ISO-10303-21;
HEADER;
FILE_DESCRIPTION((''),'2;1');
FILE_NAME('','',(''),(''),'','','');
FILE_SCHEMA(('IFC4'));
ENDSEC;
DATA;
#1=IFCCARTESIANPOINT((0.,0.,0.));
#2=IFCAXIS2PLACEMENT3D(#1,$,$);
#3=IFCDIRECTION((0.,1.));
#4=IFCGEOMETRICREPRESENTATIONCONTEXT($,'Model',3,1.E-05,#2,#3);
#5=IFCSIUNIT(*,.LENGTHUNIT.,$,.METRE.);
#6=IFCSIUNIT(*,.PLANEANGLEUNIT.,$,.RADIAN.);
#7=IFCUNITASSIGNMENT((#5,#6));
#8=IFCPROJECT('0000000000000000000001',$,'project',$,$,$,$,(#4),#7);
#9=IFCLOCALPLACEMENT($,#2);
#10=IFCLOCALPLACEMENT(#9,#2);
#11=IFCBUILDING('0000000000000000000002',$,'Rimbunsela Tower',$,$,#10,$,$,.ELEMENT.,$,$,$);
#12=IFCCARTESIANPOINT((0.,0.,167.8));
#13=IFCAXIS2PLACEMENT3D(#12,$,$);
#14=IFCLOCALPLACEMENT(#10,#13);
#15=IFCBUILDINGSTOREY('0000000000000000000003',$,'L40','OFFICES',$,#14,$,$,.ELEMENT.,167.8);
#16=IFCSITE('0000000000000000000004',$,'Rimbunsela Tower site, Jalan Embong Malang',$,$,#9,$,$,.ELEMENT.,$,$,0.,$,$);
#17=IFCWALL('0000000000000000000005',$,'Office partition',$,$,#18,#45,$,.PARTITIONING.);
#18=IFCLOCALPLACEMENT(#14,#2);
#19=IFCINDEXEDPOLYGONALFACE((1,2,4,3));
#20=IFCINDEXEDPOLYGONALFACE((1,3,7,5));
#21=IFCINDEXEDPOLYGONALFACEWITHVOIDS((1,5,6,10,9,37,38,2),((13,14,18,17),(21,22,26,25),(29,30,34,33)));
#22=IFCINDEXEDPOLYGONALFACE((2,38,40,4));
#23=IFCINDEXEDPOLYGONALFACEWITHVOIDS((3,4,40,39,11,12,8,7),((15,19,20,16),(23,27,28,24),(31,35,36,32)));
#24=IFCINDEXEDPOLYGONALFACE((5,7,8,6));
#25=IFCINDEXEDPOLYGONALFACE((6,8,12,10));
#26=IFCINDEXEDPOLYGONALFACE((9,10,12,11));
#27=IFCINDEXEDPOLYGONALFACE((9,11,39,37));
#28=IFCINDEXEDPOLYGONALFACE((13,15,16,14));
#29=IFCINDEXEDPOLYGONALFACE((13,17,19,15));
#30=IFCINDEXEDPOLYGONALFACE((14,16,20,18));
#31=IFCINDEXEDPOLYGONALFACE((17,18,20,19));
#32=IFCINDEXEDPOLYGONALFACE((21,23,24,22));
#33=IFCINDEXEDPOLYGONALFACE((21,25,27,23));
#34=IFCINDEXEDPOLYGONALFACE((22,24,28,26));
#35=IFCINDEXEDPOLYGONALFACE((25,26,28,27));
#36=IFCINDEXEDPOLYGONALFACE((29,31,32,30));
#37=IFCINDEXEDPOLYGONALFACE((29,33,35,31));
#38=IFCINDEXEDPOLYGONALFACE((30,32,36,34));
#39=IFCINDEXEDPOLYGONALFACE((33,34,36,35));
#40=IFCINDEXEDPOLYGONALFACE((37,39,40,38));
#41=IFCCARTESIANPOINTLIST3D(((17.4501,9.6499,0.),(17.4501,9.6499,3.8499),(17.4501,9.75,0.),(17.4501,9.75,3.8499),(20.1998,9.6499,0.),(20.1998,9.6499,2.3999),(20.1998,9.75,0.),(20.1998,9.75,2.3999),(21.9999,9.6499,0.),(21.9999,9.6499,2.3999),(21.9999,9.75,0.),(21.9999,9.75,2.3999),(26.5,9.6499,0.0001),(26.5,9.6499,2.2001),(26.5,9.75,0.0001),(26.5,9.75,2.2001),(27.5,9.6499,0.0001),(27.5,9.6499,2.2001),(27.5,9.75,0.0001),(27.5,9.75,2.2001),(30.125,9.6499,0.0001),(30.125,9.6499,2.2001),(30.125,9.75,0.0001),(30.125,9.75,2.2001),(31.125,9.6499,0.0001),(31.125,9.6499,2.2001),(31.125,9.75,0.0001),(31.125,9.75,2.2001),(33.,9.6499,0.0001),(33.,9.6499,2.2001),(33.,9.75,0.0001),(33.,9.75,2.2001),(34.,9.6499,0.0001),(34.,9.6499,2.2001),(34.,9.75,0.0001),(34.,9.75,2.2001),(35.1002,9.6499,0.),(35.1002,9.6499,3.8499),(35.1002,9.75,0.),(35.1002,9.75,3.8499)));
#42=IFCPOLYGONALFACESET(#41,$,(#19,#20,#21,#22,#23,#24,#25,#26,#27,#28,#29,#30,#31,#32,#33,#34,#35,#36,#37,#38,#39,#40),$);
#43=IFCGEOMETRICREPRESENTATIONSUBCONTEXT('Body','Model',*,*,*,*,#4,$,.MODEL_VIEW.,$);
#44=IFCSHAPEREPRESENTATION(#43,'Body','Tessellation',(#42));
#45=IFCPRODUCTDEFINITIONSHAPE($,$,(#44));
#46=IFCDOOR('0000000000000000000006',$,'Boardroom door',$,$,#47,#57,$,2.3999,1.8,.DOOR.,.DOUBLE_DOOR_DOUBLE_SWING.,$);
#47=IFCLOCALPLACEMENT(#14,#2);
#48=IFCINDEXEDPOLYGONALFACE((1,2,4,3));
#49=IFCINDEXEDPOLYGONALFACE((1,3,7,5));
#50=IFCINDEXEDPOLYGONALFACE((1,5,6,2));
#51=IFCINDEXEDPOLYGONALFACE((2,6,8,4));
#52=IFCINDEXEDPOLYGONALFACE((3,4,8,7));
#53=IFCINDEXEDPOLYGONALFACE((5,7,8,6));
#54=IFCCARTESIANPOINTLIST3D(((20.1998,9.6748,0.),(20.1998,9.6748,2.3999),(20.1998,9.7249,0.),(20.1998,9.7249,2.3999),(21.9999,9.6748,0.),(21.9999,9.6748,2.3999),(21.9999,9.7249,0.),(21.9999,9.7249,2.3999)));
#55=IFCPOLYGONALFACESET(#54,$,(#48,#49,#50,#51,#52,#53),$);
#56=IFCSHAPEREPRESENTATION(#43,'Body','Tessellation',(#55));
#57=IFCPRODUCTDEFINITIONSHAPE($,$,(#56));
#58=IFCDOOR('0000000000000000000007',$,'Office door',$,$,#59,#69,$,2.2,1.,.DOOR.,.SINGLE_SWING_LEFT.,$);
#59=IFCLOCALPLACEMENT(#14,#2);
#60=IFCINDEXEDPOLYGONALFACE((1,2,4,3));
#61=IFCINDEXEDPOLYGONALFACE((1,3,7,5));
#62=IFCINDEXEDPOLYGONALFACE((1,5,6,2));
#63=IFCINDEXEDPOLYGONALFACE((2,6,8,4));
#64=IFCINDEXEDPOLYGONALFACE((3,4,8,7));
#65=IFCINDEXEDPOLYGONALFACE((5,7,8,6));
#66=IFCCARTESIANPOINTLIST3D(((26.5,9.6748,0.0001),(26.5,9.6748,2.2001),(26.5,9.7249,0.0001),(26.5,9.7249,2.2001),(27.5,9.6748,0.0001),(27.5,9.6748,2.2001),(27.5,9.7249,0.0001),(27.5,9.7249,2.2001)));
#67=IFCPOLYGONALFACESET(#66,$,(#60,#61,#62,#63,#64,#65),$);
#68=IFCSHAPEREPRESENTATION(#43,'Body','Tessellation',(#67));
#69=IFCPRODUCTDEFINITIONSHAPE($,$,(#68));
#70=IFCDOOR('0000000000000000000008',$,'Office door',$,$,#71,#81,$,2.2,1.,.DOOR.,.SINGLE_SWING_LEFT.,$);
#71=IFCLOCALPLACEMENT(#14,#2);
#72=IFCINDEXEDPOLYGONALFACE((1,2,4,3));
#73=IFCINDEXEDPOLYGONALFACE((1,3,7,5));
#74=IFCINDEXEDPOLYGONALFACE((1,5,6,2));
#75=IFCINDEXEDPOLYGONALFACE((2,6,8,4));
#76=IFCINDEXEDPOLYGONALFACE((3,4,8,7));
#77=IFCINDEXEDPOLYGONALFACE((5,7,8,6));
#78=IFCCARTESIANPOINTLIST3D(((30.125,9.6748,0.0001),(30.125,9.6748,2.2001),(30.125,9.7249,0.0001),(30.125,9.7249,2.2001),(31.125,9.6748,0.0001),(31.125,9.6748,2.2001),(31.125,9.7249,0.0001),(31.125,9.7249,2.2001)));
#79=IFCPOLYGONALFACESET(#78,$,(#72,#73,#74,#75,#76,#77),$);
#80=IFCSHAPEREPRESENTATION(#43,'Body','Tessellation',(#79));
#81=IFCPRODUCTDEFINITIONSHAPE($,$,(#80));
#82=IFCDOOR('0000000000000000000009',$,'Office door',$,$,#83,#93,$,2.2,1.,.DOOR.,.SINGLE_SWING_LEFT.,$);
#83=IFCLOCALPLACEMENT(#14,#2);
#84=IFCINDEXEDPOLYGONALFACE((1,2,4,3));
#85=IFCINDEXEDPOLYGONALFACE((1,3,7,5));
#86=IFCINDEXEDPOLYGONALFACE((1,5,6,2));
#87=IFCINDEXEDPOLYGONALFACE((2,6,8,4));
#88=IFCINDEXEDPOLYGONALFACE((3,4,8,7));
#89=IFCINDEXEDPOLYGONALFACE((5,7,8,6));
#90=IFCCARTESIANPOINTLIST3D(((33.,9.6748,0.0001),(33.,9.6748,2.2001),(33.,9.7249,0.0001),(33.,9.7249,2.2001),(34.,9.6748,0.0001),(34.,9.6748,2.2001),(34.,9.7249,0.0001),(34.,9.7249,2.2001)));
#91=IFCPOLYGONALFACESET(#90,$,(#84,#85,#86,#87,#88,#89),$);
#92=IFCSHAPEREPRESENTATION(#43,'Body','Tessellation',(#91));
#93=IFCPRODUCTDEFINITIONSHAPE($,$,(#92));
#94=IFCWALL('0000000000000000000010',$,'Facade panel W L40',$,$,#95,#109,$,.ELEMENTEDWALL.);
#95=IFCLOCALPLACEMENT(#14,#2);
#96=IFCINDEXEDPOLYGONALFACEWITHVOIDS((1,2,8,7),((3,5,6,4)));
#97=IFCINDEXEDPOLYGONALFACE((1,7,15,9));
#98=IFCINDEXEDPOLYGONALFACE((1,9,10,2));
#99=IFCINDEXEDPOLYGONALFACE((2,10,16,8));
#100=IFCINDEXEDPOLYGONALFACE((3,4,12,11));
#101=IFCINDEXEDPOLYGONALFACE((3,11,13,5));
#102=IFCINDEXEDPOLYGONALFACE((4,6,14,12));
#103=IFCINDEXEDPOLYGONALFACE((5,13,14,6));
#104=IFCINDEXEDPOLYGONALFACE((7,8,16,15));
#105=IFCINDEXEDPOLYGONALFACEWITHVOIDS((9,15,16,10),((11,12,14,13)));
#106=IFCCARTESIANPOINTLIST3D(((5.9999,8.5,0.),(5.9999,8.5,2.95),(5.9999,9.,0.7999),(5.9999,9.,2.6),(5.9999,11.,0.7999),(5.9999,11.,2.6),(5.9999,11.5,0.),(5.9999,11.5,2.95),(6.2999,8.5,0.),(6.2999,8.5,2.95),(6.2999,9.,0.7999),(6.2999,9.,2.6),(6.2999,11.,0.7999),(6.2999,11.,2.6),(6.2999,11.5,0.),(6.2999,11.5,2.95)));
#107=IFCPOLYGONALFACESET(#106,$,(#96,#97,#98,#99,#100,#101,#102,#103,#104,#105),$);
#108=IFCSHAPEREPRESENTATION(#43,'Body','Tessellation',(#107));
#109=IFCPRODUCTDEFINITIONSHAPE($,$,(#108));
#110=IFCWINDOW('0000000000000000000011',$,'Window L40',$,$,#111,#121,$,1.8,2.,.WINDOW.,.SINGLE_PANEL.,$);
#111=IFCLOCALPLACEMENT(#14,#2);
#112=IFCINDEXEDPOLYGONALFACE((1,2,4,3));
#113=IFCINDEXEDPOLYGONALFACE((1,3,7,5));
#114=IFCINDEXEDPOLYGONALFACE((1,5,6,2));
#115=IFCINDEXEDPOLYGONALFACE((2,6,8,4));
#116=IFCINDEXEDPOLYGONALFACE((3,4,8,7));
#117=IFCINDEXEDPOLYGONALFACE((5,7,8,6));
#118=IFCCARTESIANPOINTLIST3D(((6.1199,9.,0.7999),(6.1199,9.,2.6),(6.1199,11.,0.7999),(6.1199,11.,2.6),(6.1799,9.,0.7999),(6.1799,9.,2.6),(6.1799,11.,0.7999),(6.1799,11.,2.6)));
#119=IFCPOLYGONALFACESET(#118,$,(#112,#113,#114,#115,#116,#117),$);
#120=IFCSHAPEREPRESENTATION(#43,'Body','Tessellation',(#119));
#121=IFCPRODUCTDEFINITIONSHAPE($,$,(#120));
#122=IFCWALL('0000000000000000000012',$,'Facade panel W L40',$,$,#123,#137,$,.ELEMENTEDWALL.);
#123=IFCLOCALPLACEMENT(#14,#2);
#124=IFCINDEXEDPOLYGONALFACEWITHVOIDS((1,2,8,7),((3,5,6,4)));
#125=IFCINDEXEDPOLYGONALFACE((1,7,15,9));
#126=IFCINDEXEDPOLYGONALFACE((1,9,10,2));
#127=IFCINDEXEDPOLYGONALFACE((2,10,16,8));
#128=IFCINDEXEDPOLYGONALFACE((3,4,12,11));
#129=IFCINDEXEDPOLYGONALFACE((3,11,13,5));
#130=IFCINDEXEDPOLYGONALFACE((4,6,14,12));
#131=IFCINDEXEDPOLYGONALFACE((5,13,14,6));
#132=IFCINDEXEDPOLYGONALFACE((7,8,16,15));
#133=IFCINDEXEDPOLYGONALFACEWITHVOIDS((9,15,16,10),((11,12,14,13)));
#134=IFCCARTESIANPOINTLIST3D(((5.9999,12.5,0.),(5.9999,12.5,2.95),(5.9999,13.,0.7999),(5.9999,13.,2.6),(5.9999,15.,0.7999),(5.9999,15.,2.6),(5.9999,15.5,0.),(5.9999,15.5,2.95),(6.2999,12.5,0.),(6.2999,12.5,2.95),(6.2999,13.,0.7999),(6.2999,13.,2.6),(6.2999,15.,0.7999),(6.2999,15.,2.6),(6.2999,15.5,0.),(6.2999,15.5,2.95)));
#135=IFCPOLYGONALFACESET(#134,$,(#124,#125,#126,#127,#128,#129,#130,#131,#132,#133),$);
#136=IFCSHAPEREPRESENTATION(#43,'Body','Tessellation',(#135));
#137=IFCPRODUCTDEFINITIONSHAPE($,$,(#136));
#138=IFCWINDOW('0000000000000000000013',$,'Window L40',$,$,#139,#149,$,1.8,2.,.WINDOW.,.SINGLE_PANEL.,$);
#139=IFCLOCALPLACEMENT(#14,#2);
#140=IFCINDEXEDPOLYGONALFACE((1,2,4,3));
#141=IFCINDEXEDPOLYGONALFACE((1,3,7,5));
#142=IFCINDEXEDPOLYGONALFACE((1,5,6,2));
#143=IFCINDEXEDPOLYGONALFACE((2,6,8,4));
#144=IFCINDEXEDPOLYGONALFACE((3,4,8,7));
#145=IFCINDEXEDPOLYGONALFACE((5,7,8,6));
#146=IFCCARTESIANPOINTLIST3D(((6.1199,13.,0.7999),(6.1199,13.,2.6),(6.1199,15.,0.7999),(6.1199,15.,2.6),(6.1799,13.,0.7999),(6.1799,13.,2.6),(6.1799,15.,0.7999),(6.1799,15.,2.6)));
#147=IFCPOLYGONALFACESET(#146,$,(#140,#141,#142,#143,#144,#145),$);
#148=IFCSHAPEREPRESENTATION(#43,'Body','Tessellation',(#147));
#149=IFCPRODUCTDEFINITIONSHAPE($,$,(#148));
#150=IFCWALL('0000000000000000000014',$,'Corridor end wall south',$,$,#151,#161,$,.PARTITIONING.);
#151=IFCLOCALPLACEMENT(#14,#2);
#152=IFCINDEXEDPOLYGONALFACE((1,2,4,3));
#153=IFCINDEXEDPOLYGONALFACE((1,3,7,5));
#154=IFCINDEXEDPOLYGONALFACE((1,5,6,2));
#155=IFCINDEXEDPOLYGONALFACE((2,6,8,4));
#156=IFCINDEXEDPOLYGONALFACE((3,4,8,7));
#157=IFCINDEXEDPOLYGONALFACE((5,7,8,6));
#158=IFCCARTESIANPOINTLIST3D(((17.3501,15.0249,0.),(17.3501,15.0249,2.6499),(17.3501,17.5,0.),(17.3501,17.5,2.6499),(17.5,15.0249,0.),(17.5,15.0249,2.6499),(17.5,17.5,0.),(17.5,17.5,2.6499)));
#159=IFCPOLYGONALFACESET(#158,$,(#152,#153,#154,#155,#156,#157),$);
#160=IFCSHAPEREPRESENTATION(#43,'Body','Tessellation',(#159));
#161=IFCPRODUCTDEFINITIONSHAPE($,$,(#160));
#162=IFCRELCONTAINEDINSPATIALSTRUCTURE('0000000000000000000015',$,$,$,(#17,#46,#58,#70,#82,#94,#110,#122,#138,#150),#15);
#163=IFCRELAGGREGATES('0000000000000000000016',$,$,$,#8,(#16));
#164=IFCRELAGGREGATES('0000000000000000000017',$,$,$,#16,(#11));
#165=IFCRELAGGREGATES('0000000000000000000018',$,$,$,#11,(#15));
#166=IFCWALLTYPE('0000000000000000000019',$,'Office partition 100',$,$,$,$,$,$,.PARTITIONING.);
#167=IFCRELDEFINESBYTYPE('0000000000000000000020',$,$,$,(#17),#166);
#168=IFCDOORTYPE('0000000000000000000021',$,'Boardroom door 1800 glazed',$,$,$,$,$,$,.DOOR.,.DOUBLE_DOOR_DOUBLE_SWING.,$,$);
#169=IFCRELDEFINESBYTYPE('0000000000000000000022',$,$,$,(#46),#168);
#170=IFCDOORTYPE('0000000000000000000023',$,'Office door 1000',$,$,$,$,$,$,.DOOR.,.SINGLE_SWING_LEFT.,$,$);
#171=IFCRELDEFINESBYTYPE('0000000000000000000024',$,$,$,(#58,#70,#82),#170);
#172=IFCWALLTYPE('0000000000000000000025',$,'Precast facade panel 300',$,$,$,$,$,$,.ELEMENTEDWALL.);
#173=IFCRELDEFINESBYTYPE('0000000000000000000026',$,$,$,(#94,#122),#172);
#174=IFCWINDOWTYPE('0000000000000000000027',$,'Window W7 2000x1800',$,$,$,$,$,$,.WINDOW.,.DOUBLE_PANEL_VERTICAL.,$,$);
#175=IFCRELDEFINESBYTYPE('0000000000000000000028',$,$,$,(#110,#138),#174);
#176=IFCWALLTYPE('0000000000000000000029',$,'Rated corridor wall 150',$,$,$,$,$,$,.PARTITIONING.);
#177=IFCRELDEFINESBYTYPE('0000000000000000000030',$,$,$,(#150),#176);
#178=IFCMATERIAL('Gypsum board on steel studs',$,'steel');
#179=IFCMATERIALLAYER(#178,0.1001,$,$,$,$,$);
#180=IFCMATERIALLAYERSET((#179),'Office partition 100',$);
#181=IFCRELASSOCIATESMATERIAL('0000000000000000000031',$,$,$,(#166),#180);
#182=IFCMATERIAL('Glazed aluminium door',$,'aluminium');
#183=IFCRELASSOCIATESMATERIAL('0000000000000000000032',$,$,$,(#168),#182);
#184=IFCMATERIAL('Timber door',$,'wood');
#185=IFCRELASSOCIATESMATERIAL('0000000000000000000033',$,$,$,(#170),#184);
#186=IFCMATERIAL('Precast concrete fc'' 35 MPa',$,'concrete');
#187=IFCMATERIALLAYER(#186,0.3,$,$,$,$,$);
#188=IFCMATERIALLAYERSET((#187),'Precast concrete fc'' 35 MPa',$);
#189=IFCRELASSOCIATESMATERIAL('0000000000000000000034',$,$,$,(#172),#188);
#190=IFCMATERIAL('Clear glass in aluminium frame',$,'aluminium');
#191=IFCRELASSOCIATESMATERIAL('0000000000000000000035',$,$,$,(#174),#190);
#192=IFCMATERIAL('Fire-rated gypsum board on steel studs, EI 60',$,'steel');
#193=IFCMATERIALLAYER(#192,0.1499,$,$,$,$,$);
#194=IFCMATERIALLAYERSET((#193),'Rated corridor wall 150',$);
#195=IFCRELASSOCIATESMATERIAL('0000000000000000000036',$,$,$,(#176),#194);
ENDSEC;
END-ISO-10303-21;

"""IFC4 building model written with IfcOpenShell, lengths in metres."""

from ifc_helpers import new_model, si_unit, direction, frame, frame_2d, origin, place, context, subcontext, project, spatial, rectangle, extrude, material, layer, layer_set, type_object, element, fill, save


model = new_model("IFC4")

# Units and contexts
model_context = context("Model", 3, precision=1e-05, world=origin(), true_north=direction((0.0, 1.0)))
body_context = subcontext(model_context, "Body", "Model", "MODEL_VIEW")
ifc_project = project(units=[si_unit("LENGTHUNIT", "METRE"), si_unit("PLANEANGLEUNIT", "RADIAN")], contexts=[model_context])

# Site, building, storey
site_placement = place(None, origin())
site = spatial("IfcSite", under=ifc_project, at=site_placement, Name="Rimbunsela Tower site, Jalan Embong Malang", CompositionType="ELEMENT", RefElevation=0.0)
building_placement = place(site_placement, origin())
building = spatial("IfcBuilding", under=site, at=building_placement, Name="Rimbunsela Tower", CompositionType="ELEMENT")
storey_placement = place(building_placement, frame((0.0, 0.0, 167.8)))
storey = spatial("IfcBuildingStorey", under=building, at=storey_placement, Name="L40", Description="OFFICES", CompositionType="ELEMENT", Elevation=167.8)

# Wall, openings, doors
ifc_material_1 = material(Name="Gypsum board on steel studs", Category="steel")
ifc_layer_1 = layer(ifc_material_1, 0.1001)
ifc_layer_set_1 = layer_set([ifc_layer_1], Name="Office partition 100")
wall_type_1 = type_object("IfcWallType", Name="Office partition 100", PredefinedType="PARTITIONING", material=ifc_layer_set_1)
wall_1_placement = place(storey_placement, frame((17.45, 9.7, 0.0), z_axis=(0.0, 0.0, 1.0), x_axis=(1.0, 0.0, 0.0)))
wall_1 = element("IfcWall", 1, at=wall_1_placement, inside=storey, type_object=wall_type_1, Name="Office partition", PredefinedType="PARTITIONING", context=body_context, shape_type="SweptSolid", body=[
    extrude(rectangle(XDim=17.6501, YDim=0.1001, at=frame_2d((8.8252, 0.0))), origin(), (0.0, 0.0, 1.0), 3.8499),
])
opening_1_placement = place(wall_1_placement, frame((2.75, 0.0, 0.0)))
opening_1 = element("IfcOpeningElement", 2, at=opening_1_placement, cuts=wall_1, PredefinedType="OPENING", context=body_context, shape_type="SweptSolid", body=[
    extrude(rectangle(XDim=1.8, YDim=2.3999, at=frame_2d((0.8999, 1.2))), frame((0.0, 0.0601, 0.0), z_axis=(0.0, -1.0, 0.0), x_axis=(1.0, 0.0, 0.0)), (0.0, 0.0, 1.0), 0.1201),
])
opening_2_placement = place(wall_1_placement, frame((9.05, 0.0, 0.0)))
opening_2 = element("IfcOpeningElement", 3, at=opening_2_placement, cuts=wall_1, PredefinedType="OPENING", context=body_context, shape_type="SweptSolid", body=[
    extrude(rectangle(XDim=1.0, YDim=2.2, at=frame_2d((0.5, 1.1001))), frame((0.0, 0.0601, 0.0), z_axis=(0.0, -1.0, 0.0), x_axis=(1.0, 0.0, 0.0)), (0.0, 0.0, 1.0), 0.1201),
])
opening_3_placement = place(wall_1_placement, frame((12.675, 0.0, 0.0)))
opening_3 = element("IfcOpeningElement", 4, at=opening_3_placement, cuts=wall_1, PredefinedType="OPENING", context=body_context, shape_type="SweptSolid", body=[
    extrude(rectangle(XDim=1.0, YDim=2.2, at=frame_2d((0.5, 1.1001))), frame((0.0, 0.0601, 0.0), z_axis=(0.0, -1.0, 0.0), x_axis=(1.0, 0.0, 0.0)), (0.0, 0.0, 1.0), 0.1201),
])
opening_4_placement = place(wall_1_placement, frame((15.55, 0.0, 0.0)))
opening_4 = element("IfcOpeningElement", 5, at=opening_4_placement, cuts=wall_1, PredefinedType="OPENING", context=body_context, shape_type="SweptSolid", body=[
    extrude(rectangle(XDim=1.0, YDim=2.2, at=frame_2d((0.5, 1.1001))), frame((0.0, 0.0601, 0.0), z_axis=(0.0, -1.0, 0.0), x_axis=(1.0, 0.0, 0.0)), (0.0, 0.0, 1.0), 0.1201),
])
ifc_material_2 = material(Name="Glazed aluminium door", Category="aluminium")
door_type_1 = type_object("IfcDoorType", Name="Boardroom door 1800 glazed", OperationType="DOUBLE_DOOR_DOUBLE_SWING", PredefinedType="DOOR", material=ifc_material_2)
door_1_placement = place(opening_1_placement, origin())
door_1 = element("IfcDoor", 6, at=door_1_placement, inside=storey, type_object=door_type_1, Name="Boardroom door", OperationType="DOUBLE_DOOR_DOUBLE_SWING", OverallHeight=2.3999, OverallWidth=1.8, PredefinedType="DOOR", context=body_context, shape_type="SweptSolid", body=[
    extrude(rectangle(XDim=1.8, YDim=2.3999, at=frame_2d((0.8999, 1.2))), frame((0.0, 0.0249, 0.0), z_axis=(0.0, -1.0, 0.0), x_axis=(1.0, 0.0, 0.0)), (0.0, 0.0, 1.0), 0.05),
])
fill(opening_1, door_1)
ifc_material_3 = material(Name="Timber door", Category="wood")
door_type_2 = type_object("IfcDoorType", Name="Office door 1000", OperationType="SINGLE_SWING_LEFT", PredefinedType="DOOR", material=ifc_material_3)
door_2_placement = place(opening_2_placement, origin())
door_2 = element("IfcDoor", 7, at=door_2_placement, inside=storey, type_object=door_type_2, Name="Office door", OperationType="SINGLE_SWING_LEFT", OverallHeight=2.2, OverallWidth=1.0, PredefinedType="DOOR", context=body_context, shape_type="SweptSolid", body=[
    extrude(rectangle(XDim=1.0, YDim=2.2, at=frame_2d((0.5, 1.1001))), frame((0.0, 0.0249, 0.0), z_axis=(0.0, -1.0, 0.0), x_axis=(1.0, 0.0, 0.0)), (0.0, 0.0, 1.0), 0.05),
])
fill(opening_2, door_2)
door_3_placement = place(opening_3_placement, origin())
door_3 = element("IfcDoor", 8, at=door_3_placement, inside=storey, type_object=door_type_2, Name="Office door", OperationType="SINGLE_SWING_LEFT", OverallHeight=2.2, OverallWidth=1.0, PredefinedType="DOOR", context=body_context, shape_type="SweptSolid", body=[
    extrude(rectangle(XDim=1.0, YDim=2.2, at=frame_2d((0.5, 1.1001))), frame((0.0, 0.0249, 0.0), z_axis=(0.0, -1.0, 0.0), x_axis=(1.0, 0.0, 0.0)), (0.0, 0.0, 1.0), 0.05),
])
fill(opening_3, door_3)
door_4_placement = place(opening_4_placement, origin())
door_4 = element("IfcDoor", 9, at=door_4_placement, inside=storey, type_object=door_type_2, Name="Office door", OperationType="SINGLE_SWING_LEFT", OverallHeight=2.2, OverallWidth=1.0, PredefinedType="DOOR", context=body_context, shape_type="SweptSolid", body=[
    extrude(rectangle(XDim=1.0, YDim=2.2, at=frame_2d((0.5, 1.1001))), frame((0.0, 0.0249, 0.0), z_axis=(0.0, -1.0, 0.0), x_axis=(1.0, 0.0, 0.0)), (0.0, 0.0, 1.0), 0.05),
])
fill(opening_4, door_4)

# Walls, openings, windows
ifc_material_4 = material(Name="Precast concrete fc' 35 MPa", Category="concrete")
ifc_layer_2 = layer(ifc_material_4, 0.3)
ifc_layer_set_2 = layer_set([ifc_layer_2], Name="Precast concrete fc' 35 MPa")
wall_type_2 = type_object("IfcWallType", Name="Precast facade panel 300", PredefinedType="ELEMENTEDWALL", material=ifc_layer_set_2)
wall_2_placement = place(storey_placement, frame((6.1499, 11.5, 0.0), z_axis=(0.0, 0.0, 1.0), x_axis=(0.0, -1.0, 0.0)))
wall_2 = element("IfcWall", 10, at=wall_2_placement, inside=storey, type_object=wall_type_2, Name="Facade panel W L40", PredefinedType="ELEMENTEDWALL", context=body_context, shape_type="SweptSolid", body=[
    extrude(rectangle(XDim=3.0, YDim=0.3, at=frame_2d((1.5, 0.0))), origin(), (0.0, 0.0, 1.0), 2.95),
])
opening_5_placement = place(wall_2_placement, frame((0.5, 0.0, 0.8)))
opening_5 = element("IfcOpeningElement", 11, at=opening_5_placement, cuts=wall_2, PredefinedType="OPENING", context=body_context, shape_type="SweptSolid", body=[
    extrude(rectangle(XDim=2.0, YDim=1.8, at=frame_2d((1.0, 0.8999))), frame((0.0, 0.1599, 0.0), z_axis=(0.0, -1.0, 0.0), x_axis=(1.0, 0.0, 0.0)), (0.0, 0.0, 1.0), 0.3201),
])
ifc_material_5 = material(Name="Clear glass in aluminium frame", Category="aluminium")
window_type = type_object("IfcWindowType", Name="Window W7 2000x1800", PartitioningType="DOUBLE_PANEL_VERTICAL", PredefinedType="WINDOW", material=ifc_material_5)
window_1_placement = place(opening_5_placement, origin())
window_1 = element("IfcWindow", 12, at=window_1_placement, inside=storey, type_object=window_type, Name="Window L40", OverallHeight=1.8, OverallWidth=2.0, PartitioningType="SINGLE_PANEL", PredefinedType="WINDOW", context=body_context, shape_type="SweptSolid", body=[
    extrude(rectangle(XDim=2.0, YDim=1.8, at=frame_2d((1.0, 0.8999))), frame((0.0, 0.03, 0.0), z_axis=(0.0, -1.0, 0.0), x_axis=(1.0, 0.0, 0.0)), (0.0, 0.0, 1.0), 0.0601),
])
fill(opening_5, window_1)
wall_3_placement = place(storey_placement, frame((6.1499, 15.5, 0.0), z_axis=(0.0, 0.0, 1.0), x_axis=(0.0, -1.0, 0.0)))
wall_3 = element("IfcWall", 13, at=wall_3_placement, inside=storey, type_object=wall_type_2, Name="Facade panel W L40", PredefinedType="ELEMENTEDWALL", context=body_context, shape_type="SweptSolid", body=[
    extrude(rectangle(XDim=3.0, YDim=0.3, at=frame_2d((1.5, 0.0))), origin(), (0.0, 0.0, 1.0), 2.95),
])
opening_6_placement = place(wall_3_placement, frame((0.5, 0.0, 0.8)))
opening_6 = element("IfcOpeningElement", 14, at=opening_6_placement, cuts=wall_3, PredefinedType="OPENING", context=body_context, shape_type="SweptSolid", body=[
    extrude(rectangle(XDim=2.0, YDim=1.8, at=frame_2d((1.0, 0.8999))), frame((0.0, 0.1599, 0.0), z_axis=(0.0, -1.0, 0.0), x_axis=(1.0, 0.0, 0.0)), (0.0, 0.0, 1.0), 0.3201),
])
window_2_placement = place(opening_6_placement, origin())
window_2 = element("IfcWindow", 15, at=window_2_placement, inside=storey, type_object=window_type, Name="Window L40", OverallHeight=1.8, OverallWidth=2.0, PartitioningType="SINGLE_PANEL", PredefinedType="WINDOW", context=body_context, shape_type="SweptSolid", body=[
    extrude(rectangle(XDim=2.0, YDim=1.8, at=frame_2d((1.0, 0.8999))), frame((0.0, 0.03, 0.0), z_axis=(0.0, -1.0, 0.0), x_axis=(1.0, 0.0, 0.0)), (0.0, 0.0, 1.0), 0.0601),
])
fill(opening_6, window_2)

# Wall
ifc_material_6 = material(Name="Fire-rated gypsum board on steel studs, EI 60", Category="steel")
ifc_layer_3 = layer(ifc_material_6, 0.1499)
ifc_layer_set_3 = layer_set([ifc_layer_3], Name="Rated corridor wall 150")
wall_type_3 = type_object("IfcWallType", Name="Rated corridor wall 150", PredefinedType="PARTITIONING", material=ifc_layer_set_3)
wall_4_placement = place(storey_placement, frame((17.425, 15.0249, 0.0), z_axis=(0.0, 0.0, 1.0), x_axis=(0.0, 1.0, 0.0)))
element("IfcWall", 16, at=wall_4_placement, inside=storey, type_object=wall_type_3, Name="Corridor end wall south", PredefinedType="PARTITIONING", context=body_context, shape_type="SweptSolid", body=[
    extrude(rectangle(XDim=2.4751, YDim=0.1499, at=frame_2d((1.2375, 0.0))), origin(), (0.0, 0.0, 1.0), 2.6499),
])

save(model, "model.ifc")
